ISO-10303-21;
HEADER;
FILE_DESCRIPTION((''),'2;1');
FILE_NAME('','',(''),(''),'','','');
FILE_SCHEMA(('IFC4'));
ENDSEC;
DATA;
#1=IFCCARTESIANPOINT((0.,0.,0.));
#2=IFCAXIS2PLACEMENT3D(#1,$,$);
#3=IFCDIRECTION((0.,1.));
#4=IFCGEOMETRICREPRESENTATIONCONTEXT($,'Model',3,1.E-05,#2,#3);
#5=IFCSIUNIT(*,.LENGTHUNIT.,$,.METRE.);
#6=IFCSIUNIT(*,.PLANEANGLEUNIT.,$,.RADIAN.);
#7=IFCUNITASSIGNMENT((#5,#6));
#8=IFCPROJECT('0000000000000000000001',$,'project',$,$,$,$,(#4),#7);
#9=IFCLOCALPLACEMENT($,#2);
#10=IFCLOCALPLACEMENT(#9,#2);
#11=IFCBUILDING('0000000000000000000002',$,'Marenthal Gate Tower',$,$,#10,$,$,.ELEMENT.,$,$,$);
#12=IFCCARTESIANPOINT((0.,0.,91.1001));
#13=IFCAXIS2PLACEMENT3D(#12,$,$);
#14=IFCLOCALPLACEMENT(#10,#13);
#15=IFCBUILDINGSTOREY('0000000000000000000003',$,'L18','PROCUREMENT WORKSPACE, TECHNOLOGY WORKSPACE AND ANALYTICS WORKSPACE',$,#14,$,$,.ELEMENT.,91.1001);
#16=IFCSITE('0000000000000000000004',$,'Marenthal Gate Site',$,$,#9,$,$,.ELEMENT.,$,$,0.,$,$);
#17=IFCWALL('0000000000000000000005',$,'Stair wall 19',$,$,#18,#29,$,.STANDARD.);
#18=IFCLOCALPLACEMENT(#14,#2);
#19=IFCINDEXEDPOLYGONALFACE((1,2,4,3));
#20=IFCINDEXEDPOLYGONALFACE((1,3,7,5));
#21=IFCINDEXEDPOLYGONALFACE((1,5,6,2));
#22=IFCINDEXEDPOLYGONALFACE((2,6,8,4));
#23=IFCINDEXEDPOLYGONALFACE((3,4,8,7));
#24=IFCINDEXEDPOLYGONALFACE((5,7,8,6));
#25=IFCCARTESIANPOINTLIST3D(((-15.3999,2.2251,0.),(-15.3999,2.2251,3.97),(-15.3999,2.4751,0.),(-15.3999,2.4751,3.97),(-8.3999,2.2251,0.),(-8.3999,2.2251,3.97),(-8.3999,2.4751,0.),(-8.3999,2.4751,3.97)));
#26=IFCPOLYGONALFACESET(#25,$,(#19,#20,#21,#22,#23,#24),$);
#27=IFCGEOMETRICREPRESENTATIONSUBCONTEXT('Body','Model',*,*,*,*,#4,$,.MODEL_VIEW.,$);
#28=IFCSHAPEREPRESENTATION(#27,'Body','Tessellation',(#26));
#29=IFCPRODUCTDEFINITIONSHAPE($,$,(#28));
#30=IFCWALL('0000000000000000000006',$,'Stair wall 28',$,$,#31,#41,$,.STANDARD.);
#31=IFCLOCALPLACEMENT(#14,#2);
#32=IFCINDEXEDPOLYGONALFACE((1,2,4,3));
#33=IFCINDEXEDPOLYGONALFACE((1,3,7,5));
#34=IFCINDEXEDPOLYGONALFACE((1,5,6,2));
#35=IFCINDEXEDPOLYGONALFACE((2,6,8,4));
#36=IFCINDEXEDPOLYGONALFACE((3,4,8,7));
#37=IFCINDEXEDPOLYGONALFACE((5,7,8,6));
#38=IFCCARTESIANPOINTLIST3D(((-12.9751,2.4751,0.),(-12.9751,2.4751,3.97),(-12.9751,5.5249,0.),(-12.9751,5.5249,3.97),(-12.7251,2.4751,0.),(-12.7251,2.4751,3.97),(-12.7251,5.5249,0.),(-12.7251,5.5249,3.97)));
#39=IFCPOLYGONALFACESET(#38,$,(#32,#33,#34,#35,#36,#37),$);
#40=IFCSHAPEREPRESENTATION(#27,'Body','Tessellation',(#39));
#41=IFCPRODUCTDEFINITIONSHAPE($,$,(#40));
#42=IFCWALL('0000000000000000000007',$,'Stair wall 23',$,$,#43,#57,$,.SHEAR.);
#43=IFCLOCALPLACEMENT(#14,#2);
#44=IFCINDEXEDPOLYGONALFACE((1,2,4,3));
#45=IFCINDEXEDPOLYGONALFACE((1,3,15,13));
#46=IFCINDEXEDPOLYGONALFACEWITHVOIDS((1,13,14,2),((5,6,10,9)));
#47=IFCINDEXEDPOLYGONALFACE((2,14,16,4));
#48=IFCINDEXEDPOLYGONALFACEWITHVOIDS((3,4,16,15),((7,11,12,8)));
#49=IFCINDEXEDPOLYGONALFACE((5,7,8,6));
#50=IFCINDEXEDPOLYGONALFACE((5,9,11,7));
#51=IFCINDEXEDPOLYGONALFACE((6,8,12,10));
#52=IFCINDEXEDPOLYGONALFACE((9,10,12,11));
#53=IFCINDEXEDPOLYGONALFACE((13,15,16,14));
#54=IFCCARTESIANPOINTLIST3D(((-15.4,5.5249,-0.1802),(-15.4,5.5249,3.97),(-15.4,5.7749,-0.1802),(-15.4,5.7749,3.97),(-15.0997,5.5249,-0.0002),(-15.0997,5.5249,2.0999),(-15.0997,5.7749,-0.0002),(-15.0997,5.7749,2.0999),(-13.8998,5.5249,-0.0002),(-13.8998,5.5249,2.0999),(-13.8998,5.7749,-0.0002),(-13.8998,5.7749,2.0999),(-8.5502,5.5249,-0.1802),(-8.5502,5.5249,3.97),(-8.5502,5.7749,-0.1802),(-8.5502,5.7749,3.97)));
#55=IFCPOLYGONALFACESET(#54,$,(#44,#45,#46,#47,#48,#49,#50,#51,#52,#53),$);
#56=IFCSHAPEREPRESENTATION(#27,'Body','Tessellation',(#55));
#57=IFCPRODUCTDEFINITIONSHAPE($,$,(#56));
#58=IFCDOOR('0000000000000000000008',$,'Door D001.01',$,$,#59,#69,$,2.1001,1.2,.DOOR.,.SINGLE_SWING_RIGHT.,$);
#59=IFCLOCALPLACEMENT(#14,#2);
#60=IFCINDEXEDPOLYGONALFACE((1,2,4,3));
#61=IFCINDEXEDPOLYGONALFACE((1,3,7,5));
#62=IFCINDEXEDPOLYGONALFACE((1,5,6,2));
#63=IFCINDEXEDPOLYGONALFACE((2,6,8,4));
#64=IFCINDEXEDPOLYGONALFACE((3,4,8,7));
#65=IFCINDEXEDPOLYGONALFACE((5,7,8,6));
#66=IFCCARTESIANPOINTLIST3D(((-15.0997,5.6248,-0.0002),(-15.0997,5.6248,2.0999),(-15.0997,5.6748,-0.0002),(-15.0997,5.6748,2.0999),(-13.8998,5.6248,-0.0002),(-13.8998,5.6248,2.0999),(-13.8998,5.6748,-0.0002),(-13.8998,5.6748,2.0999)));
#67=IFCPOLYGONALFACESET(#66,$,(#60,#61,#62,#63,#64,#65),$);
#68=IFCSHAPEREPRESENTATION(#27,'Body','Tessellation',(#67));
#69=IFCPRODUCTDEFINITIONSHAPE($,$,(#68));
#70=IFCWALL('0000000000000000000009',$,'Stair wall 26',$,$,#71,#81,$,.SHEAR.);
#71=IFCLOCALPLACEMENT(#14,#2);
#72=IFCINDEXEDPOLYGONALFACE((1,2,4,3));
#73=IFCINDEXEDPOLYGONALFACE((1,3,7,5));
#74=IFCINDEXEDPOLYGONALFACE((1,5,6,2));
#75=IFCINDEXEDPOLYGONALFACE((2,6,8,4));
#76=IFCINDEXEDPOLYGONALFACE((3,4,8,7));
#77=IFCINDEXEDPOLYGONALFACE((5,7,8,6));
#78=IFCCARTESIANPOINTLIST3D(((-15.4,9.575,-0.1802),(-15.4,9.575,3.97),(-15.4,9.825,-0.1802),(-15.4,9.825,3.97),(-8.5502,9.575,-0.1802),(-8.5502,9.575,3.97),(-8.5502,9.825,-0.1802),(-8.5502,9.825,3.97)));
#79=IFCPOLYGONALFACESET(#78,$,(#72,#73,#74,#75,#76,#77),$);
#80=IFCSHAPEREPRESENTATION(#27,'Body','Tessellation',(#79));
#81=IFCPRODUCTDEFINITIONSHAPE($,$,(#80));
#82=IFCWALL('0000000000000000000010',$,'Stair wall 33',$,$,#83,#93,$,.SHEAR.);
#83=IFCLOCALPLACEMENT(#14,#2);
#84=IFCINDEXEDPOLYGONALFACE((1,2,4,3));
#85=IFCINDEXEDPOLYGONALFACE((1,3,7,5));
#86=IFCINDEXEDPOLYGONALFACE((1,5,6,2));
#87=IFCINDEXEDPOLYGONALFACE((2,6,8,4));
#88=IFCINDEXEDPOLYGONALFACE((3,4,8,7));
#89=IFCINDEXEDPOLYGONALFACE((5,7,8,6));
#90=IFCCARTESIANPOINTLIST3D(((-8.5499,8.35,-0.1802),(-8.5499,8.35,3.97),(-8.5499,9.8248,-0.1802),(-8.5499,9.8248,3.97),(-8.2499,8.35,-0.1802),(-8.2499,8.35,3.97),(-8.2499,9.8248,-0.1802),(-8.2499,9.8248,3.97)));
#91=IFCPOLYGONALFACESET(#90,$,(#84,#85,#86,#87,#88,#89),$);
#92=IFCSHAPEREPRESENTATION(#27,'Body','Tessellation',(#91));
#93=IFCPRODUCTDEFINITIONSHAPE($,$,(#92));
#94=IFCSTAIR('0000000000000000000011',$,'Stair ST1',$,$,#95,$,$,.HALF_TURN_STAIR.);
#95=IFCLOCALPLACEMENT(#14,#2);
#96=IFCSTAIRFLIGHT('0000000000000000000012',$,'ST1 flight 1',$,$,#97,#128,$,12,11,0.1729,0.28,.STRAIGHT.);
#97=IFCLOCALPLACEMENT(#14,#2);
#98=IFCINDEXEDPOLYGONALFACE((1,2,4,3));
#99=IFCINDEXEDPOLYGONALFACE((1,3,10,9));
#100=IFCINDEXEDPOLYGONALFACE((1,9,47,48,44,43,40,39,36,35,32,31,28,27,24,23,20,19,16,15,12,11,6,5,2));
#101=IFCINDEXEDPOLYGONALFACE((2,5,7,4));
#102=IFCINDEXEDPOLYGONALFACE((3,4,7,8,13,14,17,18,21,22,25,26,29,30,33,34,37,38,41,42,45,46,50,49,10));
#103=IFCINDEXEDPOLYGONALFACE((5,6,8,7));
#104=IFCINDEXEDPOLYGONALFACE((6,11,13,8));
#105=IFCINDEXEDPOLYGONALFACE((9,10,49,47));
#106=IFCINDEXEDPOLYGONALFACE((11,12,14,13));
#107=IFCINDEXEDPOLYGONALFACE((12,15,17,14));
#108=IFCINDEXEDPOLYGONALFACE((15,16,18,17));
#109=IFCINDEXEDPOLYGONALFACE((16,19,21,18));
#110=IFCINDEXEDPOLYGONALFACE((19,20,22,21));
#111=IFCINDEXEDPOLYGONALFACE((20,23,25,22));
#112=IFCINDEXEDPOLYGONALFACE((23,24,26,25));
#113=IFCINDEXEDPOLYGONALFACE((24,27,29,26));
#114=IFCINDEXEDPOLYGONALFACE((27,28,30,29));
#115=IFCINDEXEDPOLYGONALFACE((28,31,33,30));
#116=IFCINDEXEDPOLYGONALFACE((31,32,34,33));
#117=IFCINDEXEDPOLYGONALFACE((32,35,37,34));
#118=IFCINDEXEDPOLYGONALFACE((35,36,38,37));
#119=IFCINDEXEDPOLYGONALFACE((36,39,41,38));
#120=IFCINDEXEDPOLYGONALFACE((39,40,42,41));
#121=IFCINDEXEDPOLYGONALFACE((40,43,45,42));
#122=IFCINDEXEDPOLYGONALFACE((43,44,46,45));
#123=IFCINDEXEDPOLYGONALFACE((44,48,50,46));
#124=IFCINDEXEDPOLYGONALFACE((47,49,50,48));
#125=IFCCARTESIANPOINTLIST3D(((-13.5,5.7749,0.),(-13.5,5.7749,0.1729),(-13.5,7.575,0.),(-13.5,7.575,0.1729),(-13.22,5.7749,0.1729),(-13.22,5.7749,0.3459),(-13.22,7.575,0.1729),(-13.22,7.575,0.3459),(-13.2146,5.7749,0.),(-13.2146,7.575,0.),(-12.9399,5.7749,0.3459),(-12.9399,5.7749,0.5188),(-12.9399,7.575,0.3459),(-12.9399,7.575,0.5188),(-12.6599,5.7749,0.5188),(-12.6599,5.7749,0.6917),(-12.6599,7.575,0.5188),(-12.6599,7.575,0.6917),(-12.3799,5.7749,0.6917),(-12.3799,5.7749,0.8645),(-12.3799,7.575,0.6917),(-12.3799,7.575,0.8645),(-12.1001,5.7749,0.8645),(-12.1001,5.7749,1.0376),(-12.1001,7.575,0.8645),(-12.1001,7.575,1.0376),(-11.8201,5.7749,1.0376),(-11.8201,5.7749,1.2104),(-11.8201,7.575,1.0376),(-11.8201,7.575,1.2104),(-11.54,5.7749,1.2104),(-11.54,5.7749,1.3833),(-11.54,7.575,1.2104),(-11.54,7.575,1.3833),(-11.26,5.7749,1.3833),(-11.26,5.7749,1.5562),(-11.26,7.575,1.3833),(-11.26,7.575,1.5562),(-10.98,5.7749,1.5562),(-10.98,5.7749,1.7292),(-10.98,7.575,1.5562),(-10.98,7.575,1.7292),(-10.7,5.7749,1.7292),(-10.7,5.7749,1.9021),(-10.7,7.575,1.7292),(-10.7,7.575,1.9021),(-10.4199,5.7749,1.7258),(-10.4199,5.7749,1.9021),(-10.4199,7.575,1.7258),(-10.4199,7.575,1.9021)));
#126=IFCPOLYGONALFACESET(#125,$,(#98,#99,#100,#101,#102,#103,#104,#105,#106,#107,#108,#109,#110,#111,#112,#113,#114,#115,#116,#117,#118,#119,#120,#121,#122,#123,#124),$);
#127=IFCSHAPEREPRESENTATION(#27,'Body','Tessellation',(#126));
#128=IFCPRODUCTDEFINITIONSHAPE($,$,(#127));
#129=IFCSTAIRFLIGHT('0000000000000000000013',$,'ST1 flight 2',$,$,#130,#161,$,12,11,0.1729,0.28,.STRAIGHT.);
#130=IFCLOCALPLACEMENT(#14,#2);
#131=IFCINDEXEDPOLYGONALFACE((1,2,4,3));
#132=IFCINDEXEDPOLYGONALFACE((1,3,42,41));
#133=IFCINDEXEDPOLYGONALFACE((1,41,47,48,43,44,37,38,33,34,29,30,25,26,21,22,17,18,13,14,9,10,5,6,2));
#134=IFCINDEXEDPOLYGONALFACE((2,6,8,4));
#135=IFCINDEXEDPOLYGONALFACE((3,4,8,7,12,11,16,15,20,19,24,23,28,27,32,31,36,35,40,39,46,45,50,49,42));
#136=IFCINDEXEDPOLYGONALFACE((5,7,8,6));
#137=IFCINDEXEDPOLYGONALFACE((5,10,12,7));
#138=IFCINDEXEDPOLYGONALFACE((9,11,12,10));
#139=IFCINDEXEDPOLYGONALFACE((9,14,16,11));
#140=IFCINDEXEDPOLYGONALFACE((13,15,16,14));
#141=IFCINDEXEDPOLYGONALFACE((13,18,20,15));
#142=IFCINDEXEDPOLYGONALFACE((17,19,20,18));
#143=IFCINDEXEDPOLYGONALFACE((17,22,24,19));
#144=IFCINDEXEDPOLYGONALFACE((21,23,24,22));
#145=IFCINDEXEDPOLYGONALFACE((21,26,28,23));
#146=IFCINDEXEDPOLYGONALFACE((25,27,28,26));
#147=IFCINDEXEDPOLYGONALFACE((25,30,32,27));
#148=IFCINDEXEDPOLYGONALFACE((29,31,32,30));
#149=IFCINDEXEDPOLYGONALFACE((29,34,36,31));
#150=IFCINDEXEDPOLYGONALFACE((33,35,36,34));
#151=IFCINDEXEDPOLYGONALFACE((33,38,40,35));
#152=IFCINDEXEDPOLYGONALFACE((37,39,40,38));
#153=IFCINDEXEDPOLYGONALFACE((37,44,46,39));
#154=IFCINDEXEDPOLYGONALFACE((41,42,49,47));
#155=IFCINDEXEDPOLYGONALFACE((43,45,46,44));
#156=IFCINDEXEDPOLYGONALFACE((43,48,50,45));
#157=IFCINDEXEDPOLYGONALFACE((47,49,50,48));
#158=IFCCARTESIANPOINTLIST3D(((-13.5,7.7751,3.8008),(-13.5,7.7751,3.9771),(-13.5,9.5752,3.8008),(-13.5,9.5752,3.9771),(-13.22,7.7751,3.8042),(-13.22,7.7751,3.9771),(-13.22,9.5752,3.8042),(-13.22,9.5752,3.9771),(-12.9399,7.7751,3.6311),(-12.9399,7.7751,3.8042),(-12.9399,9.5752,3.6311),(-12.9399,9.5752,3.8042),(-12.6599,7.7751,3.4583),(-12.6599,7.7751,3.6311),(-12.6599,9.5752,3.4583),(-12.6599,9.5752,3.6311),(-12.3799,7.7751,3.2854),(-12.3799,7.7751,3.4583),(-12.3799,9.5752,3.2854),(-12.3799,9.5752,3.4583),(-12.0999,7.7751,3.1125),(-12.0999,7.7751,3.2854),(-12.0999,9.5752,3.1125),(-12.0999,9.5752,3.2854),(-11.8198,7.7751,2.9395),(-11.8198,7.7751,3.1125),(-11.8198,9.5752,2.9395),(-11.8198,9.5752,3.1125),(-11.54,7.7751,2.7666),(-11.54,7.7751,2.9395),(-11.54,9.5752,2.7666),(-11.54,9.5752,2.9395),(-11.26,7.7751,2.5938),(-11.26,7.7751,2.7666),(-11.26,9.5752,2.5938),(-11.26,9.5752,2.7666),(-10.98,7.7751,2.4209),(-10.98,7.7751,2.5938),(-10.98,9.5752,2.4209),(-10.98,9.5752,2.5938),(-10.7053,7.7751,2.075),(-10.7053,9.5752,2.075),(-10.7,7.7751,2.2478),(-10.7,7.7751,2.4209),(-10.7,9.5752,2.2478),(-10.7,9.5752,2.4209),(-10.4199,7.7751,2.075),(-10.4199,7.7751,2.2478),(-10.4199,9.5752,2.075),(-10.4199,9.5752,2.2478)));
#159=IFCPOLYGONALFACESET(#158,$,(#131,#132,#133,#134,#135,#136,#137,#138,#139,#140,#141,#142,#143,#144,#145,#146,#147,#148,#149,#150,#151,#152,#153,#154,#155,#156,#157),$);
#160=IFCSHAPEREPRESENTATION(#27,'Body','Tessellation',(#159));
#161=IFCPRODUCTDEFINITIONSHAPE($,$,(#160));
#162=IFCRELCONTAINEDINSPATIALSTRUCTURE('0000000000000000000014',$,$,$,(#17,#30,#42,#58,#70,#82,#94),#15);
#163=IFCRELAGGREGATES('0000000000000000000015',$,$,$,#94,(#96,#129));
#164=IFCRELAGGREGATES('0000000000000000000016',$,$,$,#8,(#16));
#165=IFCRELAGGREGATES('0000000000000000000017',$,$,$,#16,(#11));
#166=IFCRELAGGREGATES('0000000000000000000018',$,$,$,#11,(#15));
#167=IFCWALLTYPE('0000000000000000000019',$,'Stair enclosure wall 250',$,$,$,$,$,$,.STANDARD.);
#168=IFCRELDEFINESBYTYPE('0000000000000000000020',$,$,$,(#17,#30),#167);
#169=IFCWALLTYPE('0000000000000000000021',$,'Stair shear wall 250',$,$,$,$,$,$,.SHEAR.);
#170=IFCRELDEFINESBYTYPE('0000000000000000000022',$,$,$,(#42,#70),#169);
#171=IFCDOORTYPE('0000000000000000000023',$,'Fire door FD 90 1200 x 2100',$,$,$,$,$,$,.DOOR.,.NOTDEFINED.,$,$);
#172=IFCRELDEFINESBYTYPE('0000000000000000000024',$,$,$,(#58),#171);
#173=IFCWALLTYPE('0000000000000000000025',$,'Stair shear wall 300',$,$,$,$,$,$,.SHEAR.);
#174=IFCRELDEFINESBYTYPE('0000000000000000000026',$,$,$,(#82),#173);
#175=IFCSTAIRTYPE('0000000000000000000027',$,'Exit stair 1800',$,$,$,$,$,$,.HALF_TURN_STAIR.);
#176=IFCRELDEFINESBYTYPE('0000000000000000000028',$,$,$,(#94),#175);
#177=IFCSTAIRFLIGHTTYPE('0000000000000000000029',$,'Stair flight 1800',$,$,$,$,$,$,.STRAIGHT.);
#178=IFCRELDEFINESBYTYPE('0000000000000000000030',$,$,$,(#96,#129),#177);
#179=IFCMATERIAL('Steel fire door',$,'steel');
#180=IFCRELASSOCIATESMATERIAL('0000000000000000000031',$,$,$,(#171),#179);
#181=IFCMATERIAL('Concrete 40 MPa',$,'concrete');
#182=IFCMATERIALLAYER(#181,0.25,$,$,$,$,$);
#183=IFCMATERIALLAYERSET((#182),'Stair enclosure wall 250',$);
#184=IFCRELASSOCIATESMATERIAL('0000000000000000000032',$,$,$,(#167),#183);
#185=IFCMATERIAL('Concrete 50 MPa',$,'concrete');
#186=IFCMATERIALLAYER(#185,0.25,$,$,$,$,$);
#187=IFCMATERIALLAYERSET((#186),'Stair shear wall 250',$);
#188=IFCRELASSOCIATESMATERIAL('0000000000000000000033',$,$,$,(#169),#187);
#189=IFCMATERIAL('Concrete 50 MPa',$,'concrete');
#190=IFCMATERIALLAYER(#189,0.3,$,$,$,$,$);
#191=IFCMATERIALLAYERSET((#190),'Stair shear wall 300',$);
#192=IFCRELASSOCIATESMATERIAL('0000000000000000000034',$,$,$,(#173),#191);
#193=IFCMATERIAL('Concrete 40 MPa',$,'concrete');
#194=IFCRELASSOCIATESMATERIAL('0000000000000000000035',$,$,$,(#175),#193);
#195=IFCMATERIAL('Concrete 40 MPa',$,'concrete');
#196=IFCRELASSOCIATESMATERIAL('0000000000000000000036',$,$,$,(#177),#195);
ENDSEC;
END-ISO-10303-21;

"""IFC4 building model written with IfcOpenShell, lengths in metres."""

from ifc_helpers import new_model, si_unit, direction, frame, frame_2d, origin, place, context, subcontext, project, spatial, polyline, rectangle, outline, extrude, material, layer, layer_set, type_object, element, fill, aggregate, save


model = new_model("IFC4")

# Units and contexts
model_context = context("Model", 3, precision=1e-05, world=origin(), true_north=direction((0.0, 1.0)))
body_context = subcontext(model_context, "Body", "Model", "MODEL_VIEW")
ifc_project = project(units=[si_unit("LENGTHUNIT", "METRE"), si_unit("PLANEANGLEUNIT", "RADIAN")], contexts=[model_context])

# Site, building, storey
site_placement = place(None, origin())
site = spatial("IfcSite", under=ifc_project, at=site_placement, Name="Marenthal Gate Site", CompositionType="ELEMENT", RefElevation=0.0)
building_placement = place(site_placement, origin())
building = spatial("IfcBuilding", under=site, at=building_placement, Name="Marenthal Gate Tower", CompositionType="ELEMENT")
storey_placement = place(building_placement, frame((0.0, 0.0, 91.1001)))
storey = spatial("IfcBuildingStorey", under=building, at=storey_placement, Name="L18", Description="PROCUREMENT WORKSPACE, TECHNOLOGY WORKSPACE AND ANALYTICS WORKSPACE", CompositionType="ELEMENT", Elevation=91.1001)

# Shared definitions
ifc_material_1 = material(Name="Steel fire door", Category="steel")
door_type_1 = type_object("IfcDoorType", Name="Fire door FD 90 1200 x 2100", OperationType="NOTDEFINED", PredefinedType="DOOR", material=ifc_material_1)

# Walls
ifc_material_2 = material(Name="Concrete 40 MPa", Category="concrete")
ifc_layer_1 = layer(ifc_material_2, 0.25)
ifc_layer_set_1 = layer_set([ifc_layer_1], Name="Stair enclosure wall 250")
wall_type_1 = type_object("IfcWallType", Name="Stair enclosure wall 250", PredefinedType="STANDARD", material=ifc_layer_set_1)
wall_1_placement = place(storey_placement, frame((-15.3999, 2.3501, 0.0), z_axis=(0.0, 0.0, 1.0), x_axis=(1.0, 0.0, 0.0)))
element("IfcWall", 1, at=wall_1_placement, inside=storey, type_object=wall_type_1, Name="Stair wall 19", PredefinedType="STANDARD", context=body_context, shape_type="SweptSolid", body=[
    extrude(rectangle(XDim=7.0, YDim=0.25, at=frame_2d((3.5, 0.0))), origin(), (0.0, 0.0, 1.0), 3.97),
])
wall_2_placement = place(storey_placement, frame((-12.8501, 2.4751, 0.0), z_axis=(0.0, 0.0, 1.0), x_axis=(0.0, 1.0, 0.0)))
element("IfcWall", 2, at=wall_2_placement, inside=storey, type_object=wall_type_1, Name="Stair wall 28", PredefinedType="STANDARD", context=body_context, shape_type="SweptSolid", body=[
    extrude(rectangle(XDim=3.0498, YDim=0.25, at=frame_2d((1.5249, 0.0))), origin(), (0.0, 0.0, 1.0), 3.97),
])

# Wall, opening, door
ifc_material_3 = material(Name="Concrete 50 MPa", Category="concrete")
ifc_layer_2 = layer(ifc_material_3, 0.25)
ifc_layer_set_2 = layer_set([ifc_layer_2], Name="Stair shear wall 250")
wall_type_2 = type_object("IfcWallType", Name="Stair shear wall 250", PredefinedType="SHEAR", material=ifc_layer_set_2)
wall_3_placement = place(storey_placement, frame((-15.3999, 5.6499, -0.1802), z_axis=(0.0, 0.0, 1.0), x_axis=(1.0, 0.0, 0.0)))
wall_3 = element("IfcWall", 3, at=wall_3_placement, inside=storey, type_object=wall_type_2, Name="Stair wall 23", PredefinedType="SHEAR", context=body_context, shape_type="SweptSolid", body=[
    extrude(rectangle(XDim=6.8499, YDim=0.25, at=frame_2d((3.4248, 0.0))), origin(), (0.0, 0.0, 1.0), 4.1501),
])
opening_1_placement = place(wall_3_placement, frame((0.3, 0.0, 0.1799)))
opening_1 = element("IfcOpeningElement", 4, at=opening_1_placement, cuts=wall_3, PredefinedType="OPENING", context=body_context, shape_type="SweptSolid", body=[
    extrude(rectangle(XDim=1.2, YDim=2.1001, at=frame_2d((0.6001, 1.05))), frame((0.0, 0.135, 0.0), z_axis=(0.0, -1.0, 0.0), x_axis=(1.0, 0.0, 0.0)), (0.0, 0.0, 1.0), 0.27),
])
door_1_placement = place(opening_1_placement, origin())
door_1 = element("IfcDoor", 5, at=door_1_placement, inside=storey, type_object=door_type_1, Name="Door D001.01", OperationType="SINGLE_SWING_RIGHT", OverallHeight=2.1001, OverallWidth=1.2, PredefinedType="DOOR", context=body_context, shape_type="SweptSolid", body=[
    extrude(rectangle(XDim=1.2, YDim=2.1001, at=frame_2d((0.6001, 1.05))), frame((0.0, 0.0249, 0.0), z_axis=(0.0, -1.0, 0.0), x_axis=(1.0, 0.0, 0.0)), (0.0, 0.0, 1.0), 0.05),
])
fill(opening_1, door_1)

# Walls
wall_4_placement = place(storey_placement, frame((-15.3999, 9.7, -0.1802), z_axis=(0.0, 0.0, 1.0), x_axis=(1.0, 0.0, 0.0)))
element("IfcWall", 6, at=wall_4_placement, inside=storey, type_object=wall_type_2, Name="Stair wall 26", PredefinedType="SHEAR", context=body_context, shape_type="SweptSolid", body=[
    extrude(rectangle(XDim=6.8499, YDim=0.25, at=frame_2d((3.4248, 0.0))), origin(), (0.0, 0.0, 1.0), 4.1501),
])
ifc_material_4 = material(Name="Concrete 50 MPa", Category="concrete")
ifc_layer_3 = layer(ifc_material_4, 0.3)
ifc_layer_set_3 = layer_set([ifc_layer_3], Name="Stair shear wall 300")
wall_type_3 = type_object("IfcWallType", Name="Stair shear wall 300", PredefinedType="SHEAR", material=ifc_layer_set_3)
wall_5_placement = place(storey_placement, frame((-8.3999, 8.3501, -0.1802), z_axis=(0.0, 0.0, 1.0), x_axis=(0.0, 1.0, 0.0)))
element("IfcWall", 7, at=wall_5_placement, inside=storey, type_object=wall_type_3, Name="Stair wall 33", PredefinedType="SHEAR", context=body_context, shape_type="SweptSolid", body=[
    extrude(rectangle(XDim=1.4749, YDim=0.3, at=frame_2d((0.7373, 0.0))), origin(), (0.0, 0.0, 1.0), 4.1501),
])

# Stair, stair flights
ifc_material_5 = material(Name="Concrete 40 MPa", Category="concrete")
stair_type = type_object("IfcStairType", Name="Exit stair 1800", PredefinedType="HALF_TURN_STAIR", material=ifc_material_5)
stair_placement = place(storey_placement, origin())
stair = element("IfcStair", 8, at=stair_placement, inside=storey, type_object=stair_type, Name="Stair ST1", PredefinedType="HALF_TURN_STAIR")
ifc_material_6 = material(Name="Concrete 40 MPa", Category="concrete")
stair_flight_type = type_object("IfcStairFlightType", Name="Stair flight 1800", PredefinedType="STRAIGHT", material=ifc_material_6)
stair_flight_1_placement = place(storey_placement, frame((-13.5, 6.675, 0.0), z_axis=(0.0, 0.0, 1.0), x_axis=(1.0, 0.0, 0.0)))
stair_flight_1 = element("IfcStairFlight", 9, at=stair_flight_1_placement, type_object=stair_flight_type, Name="ST1 flight 1", NumberOfRisers=12, NumberOfTreads=11, PredefinedType="STRAIGHT", RiserHeight=0.1729, TreadLength=0.28, context=body_context, shape_type="SweptSolid", body=[
    extrude(outline(polyline([(0.0, 0.0), (0.0, 0.1729), (0.28, 0.1729), (0.28, 0.3459), (0.5601, 0.3459), (0.5601, 0.5188), (0.8401, 0.5188), (0.8401, 0.6917), (1.1201, 0.6917), (1.1201, 0.8645), (1.3999, 0.8645), (1.3999, 1.0376), (1.6799, 1.0376), (1.6799, 1.2104), (1.96, 1.2104), (1.96, 1.3833), (2.24, 1.3833), (2.24, 1.5562), (2.52, 1.5562), (2.52, 1.7292), (2.8, 1.7292), (2.8, 1.9021), (3.0801, 1.9021), (3.0801, 2.075), (3.0801, 1.7258), (0.2854, 0.0), (0.0, 0.0)])), frame((0.0, 0.8999, 0.0), z_axis=(0.0, -1.0, 0.0), x_axis=(1.0, 0.0, 0.0)), (0.0, 0.0, 1.0), 1.8),
])
stair_flight_2_placement = place(storey_placement, frame((-10.4199, 8.675, 2.075), z_axis=(0.0, 0.0, 1.0), x_axis=(-1.0, 0.0, 0.0)))
stair_flight_2 = element("IfcStairFlight", 10, at=stair_flight_2_placement, type_object=stair_flight_type, Name="ST1 flight 2", NumberOfRisers=12, NumberOfTreads=11, PredefinedType="STRAIGHT", RiserHeight=0.1729, TreadLength=0.28, context=body_context, shape_type="SweptSolid", body=[
    extrude(outline(polyline([(0.0, 0.0), (0.0, 0.1729), (0.28, 0.1729), (0.28, 0.3459), (0.5601, 0.3459), (0.5601, 0.5188), (0.8401, 0.5188), (0.8401, 0.6917), (1.1201, 0.6917), (1.1201, 0.8645), (1.3999, 0.8645), (1.3999, 1.0376), (1.6799, 1.0376), (1.6799, 1.2104), (1.96, 1.2104), (1.96, 1.3833), (2.24, 1.3833), (2.24, 1.5562), (2.52, 1.5562), (2.52, 1.7292), (2.8, 1.7292), (2.8, 1.9021), (3.0801, 1.9021), (3.0801, 2.075), (3.0801, 1.7258), (0.2854, 0.0), (0.0, 0.0)])), frame((0.0, 0.8999, 0.0), z_axis=(0.0, -1.0, 0.0), x_axis=(1.0, 0.0, 0.0)), (0.0, 0.0, 1.0), 1.8),
])
aggregate(stair, [stair_flight_1, stair_flight_2])

save(model, "model.ifc")
